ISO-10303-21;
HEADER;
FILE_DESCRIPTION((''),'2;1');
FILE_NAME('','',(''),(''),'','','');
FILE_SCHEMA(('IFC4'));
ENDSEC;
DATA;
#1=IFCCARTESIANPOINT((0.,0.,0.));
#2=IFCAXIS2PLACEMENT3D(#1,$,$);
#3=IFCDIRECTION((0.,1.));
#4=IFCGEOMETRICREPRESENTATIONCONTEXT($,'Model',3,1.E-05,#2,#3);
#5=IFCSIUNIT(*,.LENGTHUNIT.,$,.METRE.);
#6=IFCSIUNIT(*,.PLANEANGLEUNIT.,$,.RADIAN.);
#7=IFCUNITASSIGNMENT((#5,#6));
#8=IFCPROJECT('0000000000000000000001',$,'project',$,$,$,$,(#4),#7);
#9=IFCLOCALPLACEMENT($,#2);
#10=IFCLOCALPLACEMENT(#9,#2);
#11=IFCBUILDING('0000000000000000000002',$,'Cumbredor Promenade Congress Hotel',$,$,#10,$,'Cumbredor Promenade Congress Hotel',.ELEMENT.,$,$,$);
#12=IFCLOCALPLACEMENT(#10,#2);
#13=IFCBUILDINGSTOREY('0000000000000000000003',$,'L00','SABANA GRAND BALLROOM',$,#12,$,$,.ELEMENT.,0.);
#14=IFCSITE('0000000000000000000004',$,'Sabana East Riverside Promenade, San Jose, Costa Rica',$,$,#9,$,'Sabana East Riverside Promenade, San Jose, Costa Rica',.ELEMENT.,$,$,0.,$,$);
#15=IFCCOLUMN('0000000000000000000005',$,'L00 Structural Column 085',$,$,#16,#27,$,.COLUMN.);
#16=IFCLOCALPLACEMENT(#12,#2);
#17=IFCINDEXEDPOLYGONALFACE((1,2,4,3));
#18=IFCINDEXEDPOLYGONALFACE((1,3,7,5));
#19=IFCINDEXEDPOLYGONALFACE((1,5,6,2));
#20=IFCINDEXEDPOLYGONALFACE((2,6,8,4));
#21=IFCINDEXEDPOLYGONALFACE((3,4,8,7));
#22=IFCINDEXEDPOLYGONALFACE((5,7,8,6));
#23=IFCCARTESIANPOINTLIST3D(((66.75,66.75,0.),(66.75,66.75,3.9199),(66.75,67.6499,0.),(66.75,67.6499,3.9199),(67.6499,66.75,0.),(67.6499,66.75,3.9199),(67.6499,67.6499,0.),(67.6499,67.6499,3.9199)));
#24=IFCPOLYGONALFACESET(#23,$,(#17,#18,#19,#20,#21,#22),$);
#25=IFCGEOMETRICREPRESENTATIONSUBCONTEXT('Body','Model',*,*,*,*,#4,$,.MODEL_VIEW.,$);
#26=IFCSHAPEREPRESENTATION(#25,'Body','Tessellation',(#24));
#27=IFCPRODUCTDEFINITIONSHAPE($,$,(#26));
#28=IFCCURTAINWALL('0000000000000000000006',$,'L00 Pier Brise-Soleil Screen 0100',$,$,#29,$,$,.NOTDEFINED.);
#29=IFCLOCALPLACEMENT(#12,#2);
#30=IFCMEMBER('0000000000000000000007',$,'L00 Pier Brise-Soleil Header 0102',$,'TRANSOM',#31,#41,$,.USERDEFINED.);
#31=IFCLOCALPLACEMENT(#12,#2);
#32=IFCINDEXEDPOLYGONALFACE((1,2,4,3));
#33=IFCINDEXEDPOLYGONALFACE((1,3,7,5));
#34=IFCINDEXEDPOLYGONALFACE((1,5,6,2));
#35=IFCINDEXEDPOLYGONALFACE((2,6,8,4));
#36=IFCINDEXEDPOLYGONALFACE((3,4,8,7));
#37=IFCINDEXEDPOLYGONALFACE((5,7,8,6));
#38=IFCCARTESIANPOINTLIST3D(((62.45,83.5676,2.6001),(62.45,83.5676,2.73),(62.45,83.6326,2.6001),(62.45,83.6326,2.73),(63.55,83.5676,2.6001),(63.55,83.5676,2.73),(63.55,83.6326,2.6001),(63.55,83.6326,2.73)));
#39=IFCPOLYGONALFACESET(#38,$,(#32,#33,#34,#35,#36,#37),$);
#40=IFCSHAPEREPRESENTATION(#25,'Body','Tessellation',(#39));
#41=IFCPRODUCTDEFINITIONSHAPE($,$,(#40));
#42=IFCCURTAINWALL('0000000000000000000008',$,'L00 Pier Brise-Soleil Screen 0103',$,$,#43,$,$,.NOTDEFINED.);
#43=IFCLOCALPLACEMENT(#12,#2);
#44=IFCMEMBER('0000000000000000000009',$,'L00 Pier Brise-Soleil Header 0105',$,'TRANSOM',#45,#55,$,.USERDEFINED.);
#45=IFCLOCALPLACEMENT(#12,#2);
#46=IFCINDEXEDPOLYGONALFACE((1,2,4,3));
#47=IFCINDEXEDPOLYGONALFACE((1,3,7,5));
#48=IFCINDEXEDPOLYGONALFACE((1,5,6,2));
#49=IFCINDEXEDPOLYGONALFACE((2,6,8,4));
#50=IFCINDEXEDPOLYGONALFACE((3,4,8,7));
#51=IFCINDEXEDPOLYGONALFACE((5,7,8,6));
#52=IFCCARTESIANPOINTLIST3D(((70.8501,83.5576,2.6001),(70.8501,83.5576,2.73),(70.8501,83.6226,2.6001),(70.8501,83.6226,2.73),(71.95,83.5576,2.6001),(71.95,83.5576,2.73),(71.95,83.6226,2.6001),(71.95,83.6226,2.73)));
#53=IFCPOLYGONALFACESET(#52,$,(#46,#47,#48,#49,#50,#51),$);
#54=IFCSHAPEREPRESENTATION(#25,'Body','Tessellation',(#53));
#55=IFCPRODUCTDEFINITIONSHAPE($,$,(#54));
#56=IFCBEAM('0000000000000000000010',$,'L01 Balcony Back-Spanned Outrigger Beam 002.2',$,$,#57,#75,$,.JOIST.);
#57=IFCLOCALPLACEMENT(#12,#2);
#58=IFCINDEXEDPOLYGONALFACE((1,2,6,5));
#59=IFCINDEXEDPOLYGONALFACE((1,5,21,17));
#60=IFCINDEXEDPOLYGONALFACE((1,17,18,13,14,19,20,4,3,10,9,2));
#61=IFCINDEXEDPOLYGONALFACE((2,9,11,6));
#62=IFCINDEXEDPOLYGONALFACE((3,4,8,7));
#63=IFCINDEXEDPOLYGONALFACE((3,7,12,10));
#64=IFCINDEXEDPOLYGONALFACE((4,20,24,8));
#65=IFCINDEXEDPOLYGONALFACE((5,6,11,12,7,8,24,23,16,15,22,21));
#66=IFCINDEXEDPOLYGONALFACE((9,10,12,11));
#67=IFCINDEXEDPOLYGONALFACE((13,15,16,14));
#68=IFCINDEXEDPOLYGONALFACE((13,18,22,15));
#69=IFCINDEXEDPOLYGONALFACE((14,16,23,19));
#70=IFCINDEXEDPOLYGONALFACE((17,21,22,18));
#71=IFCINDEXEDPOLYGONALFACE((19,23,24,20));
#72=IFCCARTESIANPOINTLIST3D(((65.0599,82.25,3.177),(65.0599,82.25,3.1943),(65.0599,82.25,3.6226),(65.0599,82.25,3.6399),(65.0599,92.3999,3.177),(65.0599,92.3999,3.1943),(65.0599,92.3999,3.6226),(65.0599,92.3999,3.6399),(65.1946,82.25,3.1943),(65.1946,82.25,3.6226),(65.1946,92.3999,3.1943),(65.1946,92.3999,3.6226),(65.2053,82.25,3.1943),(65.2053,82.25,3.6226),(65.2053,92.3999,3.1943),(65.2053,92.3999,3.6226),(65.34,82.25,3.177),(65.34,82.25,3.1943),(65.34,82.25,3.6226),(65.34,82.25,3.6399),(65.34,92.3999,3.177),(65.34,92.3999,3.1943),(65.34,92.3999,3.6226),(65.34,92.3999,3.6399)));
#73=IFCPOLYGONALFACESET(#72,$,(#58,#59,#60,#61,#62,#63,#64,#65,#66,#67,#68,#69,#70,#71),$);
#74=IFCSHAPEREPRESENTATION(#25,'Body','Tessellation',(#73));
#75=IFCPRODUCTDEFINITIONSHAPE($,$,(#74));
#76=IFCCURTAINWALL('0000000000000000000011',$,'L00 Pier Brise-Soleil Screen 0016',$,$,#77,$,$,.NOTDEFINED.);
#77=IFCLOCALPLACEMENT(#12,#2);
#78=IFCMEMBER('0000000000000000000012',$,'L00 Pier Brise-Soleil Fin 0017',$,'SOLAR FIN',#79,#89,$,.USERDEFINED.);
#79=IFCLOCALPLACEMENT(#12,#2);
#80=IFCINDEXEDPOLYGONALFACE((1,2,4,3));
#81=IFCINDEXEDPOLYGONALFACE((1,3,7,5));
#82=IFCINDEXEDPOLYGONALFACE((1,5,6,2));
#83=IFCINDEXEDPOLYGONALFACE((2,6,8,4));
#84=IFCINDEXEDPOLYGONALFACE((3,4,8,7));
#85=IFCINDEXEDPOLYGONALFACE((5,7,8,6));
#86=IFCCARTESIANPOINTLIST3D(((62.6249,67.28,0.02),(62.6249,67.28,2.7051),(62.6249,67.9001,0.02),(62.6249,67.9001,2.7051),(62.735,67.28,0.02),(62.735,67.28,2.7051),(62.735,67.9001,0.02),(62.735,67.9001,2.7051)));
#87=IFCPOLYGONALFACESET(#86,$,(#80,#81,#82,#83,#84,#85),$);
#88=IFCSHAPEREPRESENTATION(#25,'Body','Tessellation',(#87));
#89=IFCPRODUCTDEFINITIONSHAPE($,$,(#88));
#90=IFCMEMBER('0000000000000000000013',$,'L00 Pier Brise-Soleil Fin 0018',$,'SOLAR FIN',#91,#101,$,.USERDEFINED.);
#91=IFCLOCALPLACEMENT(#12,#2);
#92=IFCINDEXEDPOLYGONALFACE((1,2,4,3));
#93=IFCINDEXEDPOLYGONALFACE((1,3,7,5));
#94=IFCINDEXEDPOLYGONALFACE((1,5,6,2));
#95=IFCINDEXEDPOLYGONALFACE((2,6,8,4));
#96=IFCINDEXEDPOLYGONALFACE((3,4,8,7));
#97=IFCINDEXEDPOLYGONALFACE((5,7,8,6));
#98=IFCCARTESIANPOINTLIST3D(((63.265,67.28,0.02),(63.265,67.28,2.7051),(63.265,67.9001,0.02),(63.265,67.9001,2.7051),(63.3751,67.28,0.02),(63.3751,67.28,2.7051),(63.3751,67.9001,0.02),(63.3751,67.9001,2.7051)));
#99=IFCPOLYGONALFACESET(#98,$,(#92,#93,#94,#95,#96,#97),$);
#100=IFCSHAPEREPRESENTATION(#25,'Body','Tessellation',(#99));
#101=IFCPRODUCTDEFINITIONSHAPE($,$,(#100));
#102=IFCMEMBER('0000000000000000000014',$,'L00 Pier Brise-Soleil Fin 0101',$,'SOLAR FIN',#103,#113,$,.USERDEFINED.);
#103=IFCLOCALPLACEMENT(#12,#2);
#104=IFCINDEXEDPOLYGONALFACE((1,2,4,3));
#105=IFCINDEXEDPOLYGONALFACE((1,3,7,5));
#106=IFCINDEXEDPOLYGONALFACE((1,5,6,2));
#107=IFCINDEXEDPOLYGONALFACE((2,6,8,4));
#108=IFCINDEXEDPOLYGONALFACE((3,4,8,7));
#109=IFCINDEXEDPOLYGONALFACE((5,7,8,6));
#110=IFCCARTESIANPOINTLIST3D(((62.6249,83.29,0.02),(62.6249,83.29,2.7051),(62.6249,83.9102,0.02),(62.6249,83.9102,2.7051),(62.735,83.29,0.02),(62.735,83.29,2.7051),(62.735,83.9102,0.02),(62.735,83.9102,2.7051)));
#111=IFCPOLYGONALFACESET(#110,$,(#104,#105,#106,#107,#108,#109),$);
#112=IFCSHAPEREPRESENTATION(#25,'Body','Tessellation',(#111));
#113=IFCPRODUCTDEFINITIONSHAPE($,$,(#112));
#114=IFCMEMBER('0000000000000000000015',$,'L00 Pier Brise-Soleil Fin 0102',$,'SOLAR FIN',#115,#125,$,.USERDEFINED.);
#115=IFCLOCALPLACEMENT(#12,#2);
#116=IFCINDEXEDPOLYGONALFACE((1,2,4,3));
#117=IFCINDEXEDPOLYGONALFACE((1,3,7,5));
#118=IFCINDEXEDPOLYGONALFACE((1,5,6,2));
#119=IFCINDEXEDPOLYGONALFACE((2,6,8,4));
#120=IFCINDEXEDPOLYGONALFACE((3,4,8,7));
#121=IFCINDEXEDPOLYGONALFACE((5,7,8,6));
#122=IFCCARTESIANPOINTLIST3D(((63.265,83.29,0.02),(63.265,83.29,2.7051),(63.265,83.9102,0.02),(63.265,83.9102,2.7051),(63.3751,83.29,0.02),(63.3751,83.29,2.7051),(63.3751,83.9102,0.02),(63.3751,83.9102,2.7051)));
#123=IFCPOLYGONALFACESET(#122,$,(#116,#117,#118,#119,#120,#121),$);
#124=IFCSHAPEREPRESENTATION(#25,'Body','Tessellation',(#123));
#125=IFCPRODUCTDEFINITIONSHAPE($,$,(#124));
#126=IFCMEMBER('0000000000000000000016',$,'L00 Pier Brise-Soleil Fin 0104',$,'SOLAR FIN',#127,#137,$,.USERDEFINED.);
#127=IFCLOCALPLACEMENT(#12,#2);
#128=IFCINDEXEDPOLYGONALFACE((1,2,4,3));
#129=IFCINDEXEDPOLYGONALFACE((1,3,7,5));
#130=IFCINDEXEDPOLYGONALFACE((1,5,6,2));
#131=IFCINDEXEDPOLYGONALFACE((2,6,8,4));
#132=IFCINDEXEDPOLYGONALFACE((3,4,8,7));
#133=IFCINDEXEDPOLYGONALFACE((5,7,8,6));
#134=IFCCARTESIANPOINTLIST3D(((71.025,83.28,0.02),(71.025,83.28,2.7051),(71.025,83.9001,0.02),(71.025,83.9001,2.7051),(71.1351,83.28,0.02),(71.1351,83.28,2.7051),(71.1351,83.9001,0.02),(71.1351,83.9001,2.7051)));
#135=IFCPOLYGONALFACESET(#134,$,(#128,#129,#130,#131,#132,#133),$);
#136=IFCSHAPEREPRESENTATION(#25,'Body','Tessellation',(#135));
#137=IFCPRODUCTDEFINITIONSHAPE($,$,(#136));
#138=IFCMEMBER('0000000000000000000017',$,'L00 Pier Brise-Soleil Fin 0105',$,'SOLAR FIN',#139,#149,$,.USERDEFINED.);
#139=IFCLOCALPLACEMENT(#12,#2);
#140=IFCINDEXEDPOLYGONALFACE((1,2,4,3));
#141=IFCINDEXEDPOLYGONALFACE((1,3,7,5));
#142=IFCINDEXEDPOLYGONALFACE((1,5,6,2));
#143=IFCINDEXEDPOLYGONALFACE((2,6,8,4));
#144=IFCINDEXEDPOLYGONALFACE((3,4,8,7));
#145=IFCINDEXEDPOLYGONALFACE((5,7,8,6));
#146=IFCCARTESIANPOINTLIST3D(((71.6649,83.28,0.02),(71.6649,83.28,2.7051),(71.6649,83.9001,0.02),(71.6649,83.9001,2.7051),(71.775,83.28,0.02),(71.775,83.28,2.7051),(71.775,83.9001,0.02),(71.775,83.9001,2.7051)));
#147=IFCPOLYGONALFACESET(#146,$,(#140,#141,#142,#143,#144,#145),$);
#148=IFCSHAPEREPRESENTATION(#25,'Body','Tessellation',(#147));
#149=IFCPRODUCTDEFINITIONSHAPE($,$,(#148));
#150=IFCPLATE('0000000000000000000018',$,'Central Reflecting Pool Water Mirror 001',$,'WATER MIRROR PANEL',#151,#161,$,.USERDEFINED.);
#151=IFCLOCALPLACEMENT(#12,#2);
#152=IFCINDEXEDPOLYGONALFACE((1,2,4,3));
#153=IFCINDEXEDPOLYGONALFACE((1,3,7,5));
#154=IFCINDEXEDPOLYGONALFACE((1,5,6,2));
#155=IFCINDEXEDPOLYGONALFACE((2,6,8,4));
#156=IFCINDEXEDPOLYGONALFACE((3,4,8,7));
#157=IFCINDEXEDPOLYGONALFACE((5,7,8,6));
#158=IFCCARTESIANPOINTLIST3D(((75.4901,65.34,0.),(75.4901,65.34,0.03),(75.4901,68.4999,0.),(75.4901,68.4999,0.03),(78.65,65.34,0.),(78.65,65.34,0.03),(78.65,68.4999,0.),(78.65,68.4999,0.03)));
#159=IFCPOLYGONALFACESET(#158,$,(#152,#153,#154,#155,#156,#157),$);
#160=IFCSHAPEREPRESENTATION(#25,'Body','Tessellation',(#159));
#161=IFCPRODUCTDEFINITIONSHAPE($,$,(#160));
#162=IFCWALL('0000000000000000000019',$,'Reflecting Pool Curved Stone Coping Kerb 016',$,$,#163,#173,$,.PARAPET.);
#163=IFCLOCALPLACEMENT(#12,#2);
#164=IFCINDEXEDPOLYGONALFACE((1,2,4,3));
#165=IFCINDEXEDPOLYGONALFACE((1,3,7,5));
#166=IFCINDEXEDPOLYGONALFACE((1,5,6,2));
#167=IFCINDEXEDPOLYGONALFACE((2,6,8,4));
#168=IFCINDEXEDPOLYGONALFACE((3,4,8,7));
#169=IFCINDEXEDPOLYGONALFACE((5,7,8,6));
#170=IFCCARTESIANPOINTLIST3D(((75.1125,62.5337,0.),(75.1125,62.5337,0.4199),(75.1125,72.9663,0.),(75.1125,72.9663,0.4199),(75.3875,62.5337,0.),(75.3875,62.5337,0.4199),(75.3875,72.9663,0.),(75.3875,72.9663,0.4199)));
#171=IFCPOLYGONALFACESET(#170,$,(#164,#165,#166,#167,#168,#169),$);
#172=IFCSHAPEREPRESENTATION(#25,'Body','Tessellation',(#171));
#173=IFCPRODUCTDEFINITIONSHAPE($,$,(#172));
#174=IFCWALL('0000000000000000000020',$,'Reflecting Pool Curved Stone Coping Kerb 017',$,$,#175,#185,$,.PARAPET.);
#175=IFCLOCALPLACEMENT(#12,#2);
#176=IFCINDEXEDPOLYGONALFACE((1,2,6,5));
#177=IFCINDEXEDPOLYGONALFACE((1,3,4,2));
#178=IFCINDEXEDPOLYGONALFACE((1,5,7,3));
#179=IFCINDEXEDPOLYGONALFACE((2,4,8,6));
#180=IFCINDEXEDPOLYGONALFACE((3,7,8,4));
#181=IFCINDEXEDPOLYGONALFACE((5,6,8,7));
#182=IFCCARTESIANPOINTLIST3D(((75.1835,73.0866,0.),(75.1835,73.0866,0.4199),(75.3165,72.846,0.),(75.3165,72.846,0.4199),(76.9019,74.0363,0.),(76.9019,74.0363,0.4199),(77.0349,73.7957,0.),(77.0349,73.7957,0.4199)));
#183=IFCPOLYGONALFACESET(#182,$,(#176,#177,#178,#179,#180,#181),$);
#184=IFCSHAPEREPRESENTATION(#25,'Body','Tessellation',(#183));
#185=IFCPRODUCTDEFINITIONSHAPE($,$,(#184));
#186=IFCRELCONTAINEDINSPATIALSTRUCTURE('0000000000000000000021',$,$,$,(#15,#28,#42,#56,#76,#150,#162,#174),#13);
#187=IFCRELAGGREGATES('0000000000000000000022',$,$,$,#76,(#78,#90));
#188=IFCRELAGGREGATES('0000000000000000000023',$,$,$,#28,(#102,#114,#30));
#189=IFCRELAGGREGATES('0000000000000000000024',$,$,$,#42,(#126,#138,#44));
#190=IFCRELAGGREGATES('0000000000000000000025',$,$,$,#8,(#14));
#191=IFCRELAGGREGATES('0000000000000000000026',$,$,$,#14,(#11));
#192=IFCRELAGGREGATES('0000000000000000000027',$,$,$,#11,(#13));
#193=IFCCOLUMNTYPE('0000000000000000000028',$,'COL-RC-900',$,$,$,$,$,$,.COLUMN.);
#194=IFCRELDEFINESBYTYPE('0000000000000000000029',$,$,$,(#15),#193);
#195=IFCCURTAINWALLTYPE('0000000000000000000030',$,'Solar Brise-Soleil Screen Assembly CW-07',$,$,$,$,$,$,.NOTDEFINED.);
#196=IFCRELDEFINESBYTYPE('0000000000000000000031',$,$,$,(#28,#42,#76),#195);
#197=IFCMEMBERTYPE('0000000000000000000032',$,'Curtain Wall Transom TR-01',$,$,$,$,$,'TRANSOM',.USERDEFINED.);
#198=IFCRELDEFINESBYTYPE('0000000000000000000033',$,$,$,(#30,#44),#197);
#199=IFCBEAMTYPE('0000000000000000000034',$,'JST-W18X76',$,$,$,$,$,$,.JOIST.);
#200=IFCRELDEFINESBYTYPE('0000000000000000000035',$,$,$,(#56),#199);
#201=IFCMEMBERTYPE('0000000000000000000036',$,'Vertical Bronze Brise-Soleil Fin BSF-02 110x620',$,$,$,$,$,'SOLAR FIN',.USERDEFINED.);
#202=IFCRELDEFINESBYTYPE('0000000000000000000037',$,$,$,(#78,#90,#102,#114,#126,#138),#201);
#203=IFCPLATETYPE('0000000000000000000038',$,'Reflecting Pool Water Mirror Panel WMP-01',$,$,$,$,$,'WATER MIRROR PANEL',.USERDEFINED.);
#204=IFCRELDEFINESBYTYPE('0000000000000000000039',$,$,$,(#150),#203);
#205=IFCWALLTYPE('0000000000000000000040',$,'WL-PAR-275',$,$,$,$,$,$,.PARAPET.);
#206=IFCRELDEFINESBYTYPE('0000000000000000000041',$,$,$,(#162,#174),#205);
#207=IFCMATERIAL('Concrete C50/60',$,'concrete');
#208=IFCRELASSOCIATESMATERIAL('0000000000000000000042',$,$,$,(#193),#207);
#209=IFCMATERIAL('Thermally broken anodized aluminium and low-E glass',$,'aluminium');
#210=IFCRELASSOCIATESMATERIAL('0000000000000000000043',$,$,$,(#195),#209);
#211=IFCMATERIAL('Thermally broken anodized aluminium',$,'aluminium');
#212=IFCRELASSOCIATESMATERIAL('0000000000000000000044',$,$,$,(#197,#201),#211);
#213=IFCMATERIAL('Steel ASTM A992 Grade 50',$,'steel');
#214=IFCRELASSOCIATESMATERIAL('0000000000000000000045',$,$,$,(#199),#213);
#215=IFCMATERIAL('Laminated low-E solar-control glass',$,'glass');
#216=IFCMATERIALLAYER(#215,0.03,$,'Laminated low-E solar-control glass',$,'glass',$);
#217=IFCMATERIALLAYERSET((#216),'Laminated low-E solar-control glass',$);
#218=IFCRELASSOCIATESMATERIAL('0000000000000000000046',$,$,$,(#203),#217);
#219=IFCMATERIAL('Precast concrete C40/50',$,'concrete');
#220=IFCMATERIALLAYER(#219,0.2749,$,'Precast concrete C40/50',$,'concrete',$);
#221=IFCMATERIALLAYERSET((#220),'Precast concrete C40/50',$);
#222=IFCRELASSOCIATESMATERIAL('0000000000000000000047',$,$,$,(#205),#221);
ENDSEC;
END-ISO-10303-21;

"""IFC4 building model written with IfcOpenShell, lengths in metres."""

from ifc_helpers import new_model, si_unit, direction, frame, frame_2d, origin, origin_2d, place, context, subcontext, project, spatial, rectangle, i_section, extrude, material, layer, layer_set, material_profile, profile_set, type_object, element, aggregate, save


model = new_model("IFC4")

# Units and contexts
model_context = context("Model", 3, precision=1e-05, world=origin(), true_north=direction((0.0, 1.0)))
body_context = subcontext(model_context, "Body", "Model", "MODEL_VIEW")
ifc_project = project(units=[si_unit("LENGTHUNIT", "METRE"), si_unit("PLANEANGLEUNIT", "RADIAN")], contexts=[model_context])

# Site, building, storey
site_placement = place(None, origin())
site = spatial("IfcSite", under=ifc_project, at=site_placement, Name="Sabana East Riverside Promenade, San Jose, Costa Rica", LongName="Sabana East Riverside Promenade, San Jose, Costa Rica", CompositionType="ELEMENT", RefElevation=0.0)
building_placement = place(site_placement, origin())
building = spatial("IfcBuilding", under=site, at=building_placement, Name="Cumbredor Promenade Congress Hotel", LongName="Cumbredor Promenade Congress Hotel", CompositionType="ELEMENT")
storey_placement = place(building_placement, origin())
storey = spatial("IfcBuildingStorey", under=building, at=storey_placement, Name="L00", Description="SABANA GRAND BALLROOM", CompositionType="ELEMENT", Elevation=0.0)

# Column
ifc_material_1 = material(Name="Concrete C50/60", Category="concrete")
ifc_material_profile_1 = material_profile(ifc_material_1, rectangle(XDim=0.8999, YDim=0.8999, at=origin_2d()), Name="RC 900x900")
ifc_profile_set_1 = profile_set([ifc_material_profile_1], Name="Concrete C50/60")
column_type = type_object("IfcColumnType", Name="COL-RC-900", PredefinedType="COLUMN", material=ifc_profile_set_1)
column_placement = place(storey_placement, frame((67.2, 67.2, 0.0), z_axis=(0.0, 0.0, 1.0), x_axis=(1.0, 0.0, 0.0)))
element("IfcColumn", 1, at=column_placement, inside=storey, type_object=column_type, Name="L00 Structural Column 085", PredefinedType="COLUMN", context=body_context, shape_type="SweptSolid", body=[
    extrude(rectangle(XDim=0.8999, YDim=0.8999, at=origin_2d()), origin(), (0.0, 0.0, 1.0), 3.9199),
])

# Curtain walls, members
ifc_material_2 = material(Name="Thermally broken anodized aluminium and low-E glass", Category="aluminium")
curtain_wall_type = type_object("IfcCurtainWallType", Name="Solar Brise-Soleil Screen Assembly CW-07", PredefinedType="NOTDEFINED", material=ifc_material_2)
curtain_wall_1_placement = place(storey_placement, origin())
curtain_wall_1 = element("IfcCurtainWall", 2, at=curtain_wall_1_placement, inside=storey, type_object=curtain_wall_type, Name="L00 Pier Brise-Soleil Screen 0100", PredefinedType="NOTDEFINED")
ifc_material_3 = material(Name="Thermally broken anodized aluminium", Category="aluminium")
ifc_material_profile_2 = material_profile(ifc_material_3, rectangle(XDim=0.0649, YDim=0.1299, at=origin_2d()), Name="ALU TRANSOM 65x130")
ifc_profile_set_2 = profile_set([ifc_material_profile_2], Name="Thermally broken anodized aluminium")
member_type_1 = type_object("IfcMemberType", Name="Curtain Wall Transom TR-01", ElementType="TRANSOM", PredefinedType="USERDEFINED", material=ifc_profile_set_2)
member_1_placement = place(storey_placement, frame((62.45, 83.6001, 2.665), z_axis=(1.0, 0.0, 0.0), x_axis=(0.0, 1.0, 0.0)))
member_1 = element("IfcMember", 3, at=member_1_placement, type_object=member_type_1, Name="L00 Pier Brise-Soleil Header 0102", ObjectType="TRANSOM", PredefinedType="USERDEFINED", context=body_context, shape_type="SweptSolid", body=[
    extrude(rectangle(XDim=0.0649, YDim=0.1299, at=origin_2d()), origin(), (0.0, 0.0, 1.0), 1.1001),
])
curtain_wall_2_placement = place(storey_placement, origin())
curtain_wall_2 = element("IfcCurtainWall", 4, at=curtain_wall_2_placement, inside=storey, type_object=curtain_wall_type, Name="L00 Pier Brise-Soleil Screen 0103", PredefinedType="NOTDEFINED")
member_2_placement = place(storey_placement, frame((70.8501, 83.5901, 2.665), z_axis=(1.0, 0.0, 0.0), x_axis=(0.0, 1.0, 0.0)))
member_2 = element("IfcMember", 5, at=member_2_placement, type_object=member_type_1, Name="L00 Pier Brise-Soleil Header 0105", ObjectType="TRANSOM", PredefinedType="USERDEFINED", context=body_context, shape_type="SweptSolid", body=[
    extrude(rectangle(XDim=0.0649, YDim=0.1299, at=origin_2d()), origin(), (0.0, 0.0, 1.0), 1.0999),
])

# Beam
ifc_material_4 = material(Name="Steel ASTM A992 Grade 50", Category="steel")
ifc_material_profile_3 = material_profile(ifc_material_4, i_section(OverallWidth=0.28, OverallDepth=0.4629, WebThickness=0.0107, FlangeThickness=0.0173, at=origin_2d()), Name="W18X76")
ifc_profile_set_3 = profile_set([ifc_material_profile_3], Name="Steel ASTM A992 Grade 50")
beam_type = type_object("IfcBeamType", Name="JST-W18X76", PredefinedType="JOIST", material=ifc_profile_set_3)
beam_placement = place(storey_placement, frame((65.2, 82.25, 3.4084), z_axis=(0.0, 1.0, 0.0), x_axis=(-1.0, 0.0, 0.0)))
element("IfcBeam", 6, at=beam_placement, inside=storey, type_object=beam_type, Name="L01 Balcony Back-Spanned Outrigger Beam 002.2", PredefinedType="JOIST", context=body_context, shape_type="SweptSolid", body=[
    extrude(i_section(OverallWidth=0.28, OverallDepth=0.4629, WebThickness=0.0107, FlangeThickness=0.0173, at=origin_2d()), origin(), (0.0, 0.0, 1.0), 10.1499),
])

# Curtain wall, members
curtain_wall_3_placement = place(storey_placement, origin())
curtain_wall_3 = element("IfcCurtainWall", 7, at=curtain_wall_3_placement, inside=storey, type_object=curtain_wall_type, Name="L00 Pier Brise-Soleil Screen 0016", PredefinedType="NOTDEFINED")
ifc_material_profile_4 = material_profile(ifc_material_3, rectangle(XDim=0.1101, YDim=0.6201, at=origin_2d()), Name="ARCH FIN 110x620")
ifc_profile_set_4 = profile_set([ifc_material_profile_4], Name="Thermally broken anodized aluminium")
member_type_2 = type_object("IfcMemberType", Name="Vertical Bronze Brise-Soleil Fin BSF-02 110x620", ElementType="SOLAR FIN", PredefinedType="USERDEFINED", material=ifc_profile_set_4)
member_3_placement = place(storey_placement, frame((62.6799, 67.5901, 0.02), z_axis=(0.0, 0.0, 1.0), x_axis=(1.0, 0.0, 0.0)))
member_3 = element("IfcMember", 8, at=member_3_placement, type_object=member_type_2, Name="L00 Pier Brise-Soleil Fin 0017", ObjectType="SOLAR FIN", PredefinedType="USERDEFINED", context=body_context, shape_type="SweptSolid", body=[
    extrude(rectangle(XDim=0.1101, YDim=0.6201, at=origin_2d()), origin(), (0.0, 0.0, 1.0), 2.6851),
])
member_4_placement = place(storey_placement, frame((63.3201, 67.5901, 0.02), z_axis=(0.0, 0.0, 1.0), x_axis=(1.0, 0.0, 0.0)))
member_4 = element("IfcMember", 9, at=member_4_placement, type_object=member_type_2, Name="L00 Pier Brise-Soleil Fin 0018", ObjectType="SOLAR FIN", PredefinedType="USERDEFINED", context=body_context, shape_type="SweptSolid", body=[
    extrude(rectangle(XDim=0.1101, YDim=0.6201, at=origin_2d()), origin(), (0.0, 0.0, 1.0), 2.6851),
])
aggregate(curtain_wall_3, [member_3, member_4])

# Members
member_5_placement = place(storey_placement, frame((62.6799, 83.6001, 0.02), z_axis=(0.0, 0.0, 1.0), x_axis=(1.0, 0.0, 0.0)))
member_5 = element("IfcMember", 10, at=member_5_placement, type_object=member_type_2, Name="L00 Pier Brise-Soleil Fin 0101", ObjectType="SOLAR FIN", PredefinedType="USERDEFINED", context=body_context, shape_type="SweptSolid", body=[
    extrude(rectangle(XDim=0.1101, YDim=0.6201, at=origin_2d()), origin(), (0.0, 0.0, 1.0), 2.6851),
])
member_6_placement = place(storey_placement, frame((63.3201, 83.6001, 0.02), z_axis=(0.0, 0.0, 1.0), x_axis=(1.0, 0.0, 0.0)))
member_6 = element("IfcMember", 11, at=member_6_placement, type_object=member_type_2, Name="L00 Pier Brise-Soleil Fin 0102", ObjectType="SOLAR FIN", PredefinedType="USERDEFINED", context=body_context, shape_type="SweptSolid", body=[
    extrude(rectangle(XDim=0.1101, YDim=0.6201, at=origin_2d()), origin(), (0.0, 0.0, 1.0), 2.6851),
])
aggregate(curtain_wall_1, [member_5, member_6, member_1])
member_7_placement = place(storey_placement, frame((71.0801, 83.5901, 0.02), z_axis=(0.0, 0.0, 1.0), x_axis=(1.0, 0.0, 0.0)))
member_7 = element("IfcMember", 12, at=member_7_placement, type_object=member_type_2, Name="L00 Pier Brise-Soleil Fin 0104", ObjectType="SOLAR FIN", PredefinedType="USERDEFINED", context=body_context, shape_type="SweptSolid", body=[
    extrude(rectangle(XDim=0.1101, YDim=0.6201, at=origin_2d()), origin(), (0.0, 0.0, 1.0), 2.6851),
])
member_8_placement = place(storey_placement, frame((71.72, 83.5901, 0.02), z_axis=(0.0, 0.0, 1.0), x_axis=(1.0, 0.0, 0.0)))
member_8 = element("IfcMember", 13, at=member_8_placement, type_object=member_type_2, Name="L00 Pier Brise-Soleil Fin 0105", ObjectType="SOLAR FIN", PredefinedType="USERDEFINED", context=body_context, shape_type="SweptSolid", body=[
    extrude(rectangle(XDim=0.1101, YDim=0.6201, at=origin_2d()), origin(), (0.0, 0.0, 1.0), 2.6851),
])
aggregate(curtain_wall_2, [member_7, member_8, member_2])

# Plate
ifc_material_5 = material(Name="Laminated low-E solar-control glass", Category="glass")
ifc_layer_1 = layer(ifc_material_5, 0.03, Name="Laminated low-E solar-control glass", Category="glass")
ifc_layer_set_1 = layer_set([ifc_layer_1], Name="Laminated low-E solar-control glass")
plate_type = type_object("IfcPlateType", Name="Reflecting Pool Water Mirror Panel WMP-01", ElementType="WATER MIRROR PANEL", PredefinedType="USERDEFINED", material=ifc_layer_set_1)
plate_placement = place(storey_placement, frame((77.0701, 66.9199, 0.0), z_axis=(0.0, 0.0, 1.0), x_axis=(1.0, 0.0, 0.0)))
element("IfcPlate", 14, at=plate_placement, inside=storey, type_object=plate_type, Name="Central Reflecting Pool Water Mirror 001", ObjectType="WATER MIRROR PANEL", PredefinedType="USERDEFINED", context=body_context, shape_type="SweptSolid", body=[
    extrude(rectangle(XDim=3.1599, YDim=3.1599, at=origin_2d()), origin(), (0.0, 0.0, 1.0), 0.03),
])

# Walls
ifc_material_6 = material(Name="Precast concrete C40/50", Category="concrete")
ifc_layer_2 = layer(ifc_material_6, 0.2749, Name="Precast concrete C40/50", Category="concrete")
ifc_layer_set_2 = layer_set([ifc_layer_2], Name="Precast concrete C40/50")
wall_type_1 = type_object("IfcWallType", Name="WL-PAR-275", PredefinedType="PARAPET", material=ifc_layer_set_2)
wall_1_placement = place(storey_placement, frame((75.25, 62.5337, 0.0), z_axis=(0.0, 0.0, 1.0), x_axis=(0.0, 1.0, 0.0)))
element("IfcWall", 15, at=wall_1_placement, inside=storey, type_object=wall_type_1, Name="Reflecting Pool Curved Stone Coping Kerb 016", PredefinedType="PARAPET", context=body_context, shape_type="SweptSolid", body=[
    extrude(rectangle(XDim=10.4326, YDim=0.2749, at=frame_2d((5.2163, 0.0))), origin(), (0.0, 0.0, 1.0), 0.4199),
])
for number, where, z_axis, x_axis, name in (
    (16, (75.25, 72.9663, 0.0), (0.0, 0.0, 1.0), (0.87524, 0.483689, 0.0), "Reflecting Pool Curved Stone Coping Kerb 017"),
):
    element("IfcWall", number, at=place(storey_placement, frame(where, z_axis=z_axis, x_axis=x_axis)), inside=storey, type_object=wall_type_1, Name=name, PredefinedType="PARAPET", context=body_context, shape_type="SweptSolid", body=[
        extrude(rectangle(XDim=1.9634, YDim=0.2749, at=frame_2d((0.9817, 0.0))), origin(), (0.0, 0.0, 1.0), 0.4199),
    ])

save(model, "model.ifc")
